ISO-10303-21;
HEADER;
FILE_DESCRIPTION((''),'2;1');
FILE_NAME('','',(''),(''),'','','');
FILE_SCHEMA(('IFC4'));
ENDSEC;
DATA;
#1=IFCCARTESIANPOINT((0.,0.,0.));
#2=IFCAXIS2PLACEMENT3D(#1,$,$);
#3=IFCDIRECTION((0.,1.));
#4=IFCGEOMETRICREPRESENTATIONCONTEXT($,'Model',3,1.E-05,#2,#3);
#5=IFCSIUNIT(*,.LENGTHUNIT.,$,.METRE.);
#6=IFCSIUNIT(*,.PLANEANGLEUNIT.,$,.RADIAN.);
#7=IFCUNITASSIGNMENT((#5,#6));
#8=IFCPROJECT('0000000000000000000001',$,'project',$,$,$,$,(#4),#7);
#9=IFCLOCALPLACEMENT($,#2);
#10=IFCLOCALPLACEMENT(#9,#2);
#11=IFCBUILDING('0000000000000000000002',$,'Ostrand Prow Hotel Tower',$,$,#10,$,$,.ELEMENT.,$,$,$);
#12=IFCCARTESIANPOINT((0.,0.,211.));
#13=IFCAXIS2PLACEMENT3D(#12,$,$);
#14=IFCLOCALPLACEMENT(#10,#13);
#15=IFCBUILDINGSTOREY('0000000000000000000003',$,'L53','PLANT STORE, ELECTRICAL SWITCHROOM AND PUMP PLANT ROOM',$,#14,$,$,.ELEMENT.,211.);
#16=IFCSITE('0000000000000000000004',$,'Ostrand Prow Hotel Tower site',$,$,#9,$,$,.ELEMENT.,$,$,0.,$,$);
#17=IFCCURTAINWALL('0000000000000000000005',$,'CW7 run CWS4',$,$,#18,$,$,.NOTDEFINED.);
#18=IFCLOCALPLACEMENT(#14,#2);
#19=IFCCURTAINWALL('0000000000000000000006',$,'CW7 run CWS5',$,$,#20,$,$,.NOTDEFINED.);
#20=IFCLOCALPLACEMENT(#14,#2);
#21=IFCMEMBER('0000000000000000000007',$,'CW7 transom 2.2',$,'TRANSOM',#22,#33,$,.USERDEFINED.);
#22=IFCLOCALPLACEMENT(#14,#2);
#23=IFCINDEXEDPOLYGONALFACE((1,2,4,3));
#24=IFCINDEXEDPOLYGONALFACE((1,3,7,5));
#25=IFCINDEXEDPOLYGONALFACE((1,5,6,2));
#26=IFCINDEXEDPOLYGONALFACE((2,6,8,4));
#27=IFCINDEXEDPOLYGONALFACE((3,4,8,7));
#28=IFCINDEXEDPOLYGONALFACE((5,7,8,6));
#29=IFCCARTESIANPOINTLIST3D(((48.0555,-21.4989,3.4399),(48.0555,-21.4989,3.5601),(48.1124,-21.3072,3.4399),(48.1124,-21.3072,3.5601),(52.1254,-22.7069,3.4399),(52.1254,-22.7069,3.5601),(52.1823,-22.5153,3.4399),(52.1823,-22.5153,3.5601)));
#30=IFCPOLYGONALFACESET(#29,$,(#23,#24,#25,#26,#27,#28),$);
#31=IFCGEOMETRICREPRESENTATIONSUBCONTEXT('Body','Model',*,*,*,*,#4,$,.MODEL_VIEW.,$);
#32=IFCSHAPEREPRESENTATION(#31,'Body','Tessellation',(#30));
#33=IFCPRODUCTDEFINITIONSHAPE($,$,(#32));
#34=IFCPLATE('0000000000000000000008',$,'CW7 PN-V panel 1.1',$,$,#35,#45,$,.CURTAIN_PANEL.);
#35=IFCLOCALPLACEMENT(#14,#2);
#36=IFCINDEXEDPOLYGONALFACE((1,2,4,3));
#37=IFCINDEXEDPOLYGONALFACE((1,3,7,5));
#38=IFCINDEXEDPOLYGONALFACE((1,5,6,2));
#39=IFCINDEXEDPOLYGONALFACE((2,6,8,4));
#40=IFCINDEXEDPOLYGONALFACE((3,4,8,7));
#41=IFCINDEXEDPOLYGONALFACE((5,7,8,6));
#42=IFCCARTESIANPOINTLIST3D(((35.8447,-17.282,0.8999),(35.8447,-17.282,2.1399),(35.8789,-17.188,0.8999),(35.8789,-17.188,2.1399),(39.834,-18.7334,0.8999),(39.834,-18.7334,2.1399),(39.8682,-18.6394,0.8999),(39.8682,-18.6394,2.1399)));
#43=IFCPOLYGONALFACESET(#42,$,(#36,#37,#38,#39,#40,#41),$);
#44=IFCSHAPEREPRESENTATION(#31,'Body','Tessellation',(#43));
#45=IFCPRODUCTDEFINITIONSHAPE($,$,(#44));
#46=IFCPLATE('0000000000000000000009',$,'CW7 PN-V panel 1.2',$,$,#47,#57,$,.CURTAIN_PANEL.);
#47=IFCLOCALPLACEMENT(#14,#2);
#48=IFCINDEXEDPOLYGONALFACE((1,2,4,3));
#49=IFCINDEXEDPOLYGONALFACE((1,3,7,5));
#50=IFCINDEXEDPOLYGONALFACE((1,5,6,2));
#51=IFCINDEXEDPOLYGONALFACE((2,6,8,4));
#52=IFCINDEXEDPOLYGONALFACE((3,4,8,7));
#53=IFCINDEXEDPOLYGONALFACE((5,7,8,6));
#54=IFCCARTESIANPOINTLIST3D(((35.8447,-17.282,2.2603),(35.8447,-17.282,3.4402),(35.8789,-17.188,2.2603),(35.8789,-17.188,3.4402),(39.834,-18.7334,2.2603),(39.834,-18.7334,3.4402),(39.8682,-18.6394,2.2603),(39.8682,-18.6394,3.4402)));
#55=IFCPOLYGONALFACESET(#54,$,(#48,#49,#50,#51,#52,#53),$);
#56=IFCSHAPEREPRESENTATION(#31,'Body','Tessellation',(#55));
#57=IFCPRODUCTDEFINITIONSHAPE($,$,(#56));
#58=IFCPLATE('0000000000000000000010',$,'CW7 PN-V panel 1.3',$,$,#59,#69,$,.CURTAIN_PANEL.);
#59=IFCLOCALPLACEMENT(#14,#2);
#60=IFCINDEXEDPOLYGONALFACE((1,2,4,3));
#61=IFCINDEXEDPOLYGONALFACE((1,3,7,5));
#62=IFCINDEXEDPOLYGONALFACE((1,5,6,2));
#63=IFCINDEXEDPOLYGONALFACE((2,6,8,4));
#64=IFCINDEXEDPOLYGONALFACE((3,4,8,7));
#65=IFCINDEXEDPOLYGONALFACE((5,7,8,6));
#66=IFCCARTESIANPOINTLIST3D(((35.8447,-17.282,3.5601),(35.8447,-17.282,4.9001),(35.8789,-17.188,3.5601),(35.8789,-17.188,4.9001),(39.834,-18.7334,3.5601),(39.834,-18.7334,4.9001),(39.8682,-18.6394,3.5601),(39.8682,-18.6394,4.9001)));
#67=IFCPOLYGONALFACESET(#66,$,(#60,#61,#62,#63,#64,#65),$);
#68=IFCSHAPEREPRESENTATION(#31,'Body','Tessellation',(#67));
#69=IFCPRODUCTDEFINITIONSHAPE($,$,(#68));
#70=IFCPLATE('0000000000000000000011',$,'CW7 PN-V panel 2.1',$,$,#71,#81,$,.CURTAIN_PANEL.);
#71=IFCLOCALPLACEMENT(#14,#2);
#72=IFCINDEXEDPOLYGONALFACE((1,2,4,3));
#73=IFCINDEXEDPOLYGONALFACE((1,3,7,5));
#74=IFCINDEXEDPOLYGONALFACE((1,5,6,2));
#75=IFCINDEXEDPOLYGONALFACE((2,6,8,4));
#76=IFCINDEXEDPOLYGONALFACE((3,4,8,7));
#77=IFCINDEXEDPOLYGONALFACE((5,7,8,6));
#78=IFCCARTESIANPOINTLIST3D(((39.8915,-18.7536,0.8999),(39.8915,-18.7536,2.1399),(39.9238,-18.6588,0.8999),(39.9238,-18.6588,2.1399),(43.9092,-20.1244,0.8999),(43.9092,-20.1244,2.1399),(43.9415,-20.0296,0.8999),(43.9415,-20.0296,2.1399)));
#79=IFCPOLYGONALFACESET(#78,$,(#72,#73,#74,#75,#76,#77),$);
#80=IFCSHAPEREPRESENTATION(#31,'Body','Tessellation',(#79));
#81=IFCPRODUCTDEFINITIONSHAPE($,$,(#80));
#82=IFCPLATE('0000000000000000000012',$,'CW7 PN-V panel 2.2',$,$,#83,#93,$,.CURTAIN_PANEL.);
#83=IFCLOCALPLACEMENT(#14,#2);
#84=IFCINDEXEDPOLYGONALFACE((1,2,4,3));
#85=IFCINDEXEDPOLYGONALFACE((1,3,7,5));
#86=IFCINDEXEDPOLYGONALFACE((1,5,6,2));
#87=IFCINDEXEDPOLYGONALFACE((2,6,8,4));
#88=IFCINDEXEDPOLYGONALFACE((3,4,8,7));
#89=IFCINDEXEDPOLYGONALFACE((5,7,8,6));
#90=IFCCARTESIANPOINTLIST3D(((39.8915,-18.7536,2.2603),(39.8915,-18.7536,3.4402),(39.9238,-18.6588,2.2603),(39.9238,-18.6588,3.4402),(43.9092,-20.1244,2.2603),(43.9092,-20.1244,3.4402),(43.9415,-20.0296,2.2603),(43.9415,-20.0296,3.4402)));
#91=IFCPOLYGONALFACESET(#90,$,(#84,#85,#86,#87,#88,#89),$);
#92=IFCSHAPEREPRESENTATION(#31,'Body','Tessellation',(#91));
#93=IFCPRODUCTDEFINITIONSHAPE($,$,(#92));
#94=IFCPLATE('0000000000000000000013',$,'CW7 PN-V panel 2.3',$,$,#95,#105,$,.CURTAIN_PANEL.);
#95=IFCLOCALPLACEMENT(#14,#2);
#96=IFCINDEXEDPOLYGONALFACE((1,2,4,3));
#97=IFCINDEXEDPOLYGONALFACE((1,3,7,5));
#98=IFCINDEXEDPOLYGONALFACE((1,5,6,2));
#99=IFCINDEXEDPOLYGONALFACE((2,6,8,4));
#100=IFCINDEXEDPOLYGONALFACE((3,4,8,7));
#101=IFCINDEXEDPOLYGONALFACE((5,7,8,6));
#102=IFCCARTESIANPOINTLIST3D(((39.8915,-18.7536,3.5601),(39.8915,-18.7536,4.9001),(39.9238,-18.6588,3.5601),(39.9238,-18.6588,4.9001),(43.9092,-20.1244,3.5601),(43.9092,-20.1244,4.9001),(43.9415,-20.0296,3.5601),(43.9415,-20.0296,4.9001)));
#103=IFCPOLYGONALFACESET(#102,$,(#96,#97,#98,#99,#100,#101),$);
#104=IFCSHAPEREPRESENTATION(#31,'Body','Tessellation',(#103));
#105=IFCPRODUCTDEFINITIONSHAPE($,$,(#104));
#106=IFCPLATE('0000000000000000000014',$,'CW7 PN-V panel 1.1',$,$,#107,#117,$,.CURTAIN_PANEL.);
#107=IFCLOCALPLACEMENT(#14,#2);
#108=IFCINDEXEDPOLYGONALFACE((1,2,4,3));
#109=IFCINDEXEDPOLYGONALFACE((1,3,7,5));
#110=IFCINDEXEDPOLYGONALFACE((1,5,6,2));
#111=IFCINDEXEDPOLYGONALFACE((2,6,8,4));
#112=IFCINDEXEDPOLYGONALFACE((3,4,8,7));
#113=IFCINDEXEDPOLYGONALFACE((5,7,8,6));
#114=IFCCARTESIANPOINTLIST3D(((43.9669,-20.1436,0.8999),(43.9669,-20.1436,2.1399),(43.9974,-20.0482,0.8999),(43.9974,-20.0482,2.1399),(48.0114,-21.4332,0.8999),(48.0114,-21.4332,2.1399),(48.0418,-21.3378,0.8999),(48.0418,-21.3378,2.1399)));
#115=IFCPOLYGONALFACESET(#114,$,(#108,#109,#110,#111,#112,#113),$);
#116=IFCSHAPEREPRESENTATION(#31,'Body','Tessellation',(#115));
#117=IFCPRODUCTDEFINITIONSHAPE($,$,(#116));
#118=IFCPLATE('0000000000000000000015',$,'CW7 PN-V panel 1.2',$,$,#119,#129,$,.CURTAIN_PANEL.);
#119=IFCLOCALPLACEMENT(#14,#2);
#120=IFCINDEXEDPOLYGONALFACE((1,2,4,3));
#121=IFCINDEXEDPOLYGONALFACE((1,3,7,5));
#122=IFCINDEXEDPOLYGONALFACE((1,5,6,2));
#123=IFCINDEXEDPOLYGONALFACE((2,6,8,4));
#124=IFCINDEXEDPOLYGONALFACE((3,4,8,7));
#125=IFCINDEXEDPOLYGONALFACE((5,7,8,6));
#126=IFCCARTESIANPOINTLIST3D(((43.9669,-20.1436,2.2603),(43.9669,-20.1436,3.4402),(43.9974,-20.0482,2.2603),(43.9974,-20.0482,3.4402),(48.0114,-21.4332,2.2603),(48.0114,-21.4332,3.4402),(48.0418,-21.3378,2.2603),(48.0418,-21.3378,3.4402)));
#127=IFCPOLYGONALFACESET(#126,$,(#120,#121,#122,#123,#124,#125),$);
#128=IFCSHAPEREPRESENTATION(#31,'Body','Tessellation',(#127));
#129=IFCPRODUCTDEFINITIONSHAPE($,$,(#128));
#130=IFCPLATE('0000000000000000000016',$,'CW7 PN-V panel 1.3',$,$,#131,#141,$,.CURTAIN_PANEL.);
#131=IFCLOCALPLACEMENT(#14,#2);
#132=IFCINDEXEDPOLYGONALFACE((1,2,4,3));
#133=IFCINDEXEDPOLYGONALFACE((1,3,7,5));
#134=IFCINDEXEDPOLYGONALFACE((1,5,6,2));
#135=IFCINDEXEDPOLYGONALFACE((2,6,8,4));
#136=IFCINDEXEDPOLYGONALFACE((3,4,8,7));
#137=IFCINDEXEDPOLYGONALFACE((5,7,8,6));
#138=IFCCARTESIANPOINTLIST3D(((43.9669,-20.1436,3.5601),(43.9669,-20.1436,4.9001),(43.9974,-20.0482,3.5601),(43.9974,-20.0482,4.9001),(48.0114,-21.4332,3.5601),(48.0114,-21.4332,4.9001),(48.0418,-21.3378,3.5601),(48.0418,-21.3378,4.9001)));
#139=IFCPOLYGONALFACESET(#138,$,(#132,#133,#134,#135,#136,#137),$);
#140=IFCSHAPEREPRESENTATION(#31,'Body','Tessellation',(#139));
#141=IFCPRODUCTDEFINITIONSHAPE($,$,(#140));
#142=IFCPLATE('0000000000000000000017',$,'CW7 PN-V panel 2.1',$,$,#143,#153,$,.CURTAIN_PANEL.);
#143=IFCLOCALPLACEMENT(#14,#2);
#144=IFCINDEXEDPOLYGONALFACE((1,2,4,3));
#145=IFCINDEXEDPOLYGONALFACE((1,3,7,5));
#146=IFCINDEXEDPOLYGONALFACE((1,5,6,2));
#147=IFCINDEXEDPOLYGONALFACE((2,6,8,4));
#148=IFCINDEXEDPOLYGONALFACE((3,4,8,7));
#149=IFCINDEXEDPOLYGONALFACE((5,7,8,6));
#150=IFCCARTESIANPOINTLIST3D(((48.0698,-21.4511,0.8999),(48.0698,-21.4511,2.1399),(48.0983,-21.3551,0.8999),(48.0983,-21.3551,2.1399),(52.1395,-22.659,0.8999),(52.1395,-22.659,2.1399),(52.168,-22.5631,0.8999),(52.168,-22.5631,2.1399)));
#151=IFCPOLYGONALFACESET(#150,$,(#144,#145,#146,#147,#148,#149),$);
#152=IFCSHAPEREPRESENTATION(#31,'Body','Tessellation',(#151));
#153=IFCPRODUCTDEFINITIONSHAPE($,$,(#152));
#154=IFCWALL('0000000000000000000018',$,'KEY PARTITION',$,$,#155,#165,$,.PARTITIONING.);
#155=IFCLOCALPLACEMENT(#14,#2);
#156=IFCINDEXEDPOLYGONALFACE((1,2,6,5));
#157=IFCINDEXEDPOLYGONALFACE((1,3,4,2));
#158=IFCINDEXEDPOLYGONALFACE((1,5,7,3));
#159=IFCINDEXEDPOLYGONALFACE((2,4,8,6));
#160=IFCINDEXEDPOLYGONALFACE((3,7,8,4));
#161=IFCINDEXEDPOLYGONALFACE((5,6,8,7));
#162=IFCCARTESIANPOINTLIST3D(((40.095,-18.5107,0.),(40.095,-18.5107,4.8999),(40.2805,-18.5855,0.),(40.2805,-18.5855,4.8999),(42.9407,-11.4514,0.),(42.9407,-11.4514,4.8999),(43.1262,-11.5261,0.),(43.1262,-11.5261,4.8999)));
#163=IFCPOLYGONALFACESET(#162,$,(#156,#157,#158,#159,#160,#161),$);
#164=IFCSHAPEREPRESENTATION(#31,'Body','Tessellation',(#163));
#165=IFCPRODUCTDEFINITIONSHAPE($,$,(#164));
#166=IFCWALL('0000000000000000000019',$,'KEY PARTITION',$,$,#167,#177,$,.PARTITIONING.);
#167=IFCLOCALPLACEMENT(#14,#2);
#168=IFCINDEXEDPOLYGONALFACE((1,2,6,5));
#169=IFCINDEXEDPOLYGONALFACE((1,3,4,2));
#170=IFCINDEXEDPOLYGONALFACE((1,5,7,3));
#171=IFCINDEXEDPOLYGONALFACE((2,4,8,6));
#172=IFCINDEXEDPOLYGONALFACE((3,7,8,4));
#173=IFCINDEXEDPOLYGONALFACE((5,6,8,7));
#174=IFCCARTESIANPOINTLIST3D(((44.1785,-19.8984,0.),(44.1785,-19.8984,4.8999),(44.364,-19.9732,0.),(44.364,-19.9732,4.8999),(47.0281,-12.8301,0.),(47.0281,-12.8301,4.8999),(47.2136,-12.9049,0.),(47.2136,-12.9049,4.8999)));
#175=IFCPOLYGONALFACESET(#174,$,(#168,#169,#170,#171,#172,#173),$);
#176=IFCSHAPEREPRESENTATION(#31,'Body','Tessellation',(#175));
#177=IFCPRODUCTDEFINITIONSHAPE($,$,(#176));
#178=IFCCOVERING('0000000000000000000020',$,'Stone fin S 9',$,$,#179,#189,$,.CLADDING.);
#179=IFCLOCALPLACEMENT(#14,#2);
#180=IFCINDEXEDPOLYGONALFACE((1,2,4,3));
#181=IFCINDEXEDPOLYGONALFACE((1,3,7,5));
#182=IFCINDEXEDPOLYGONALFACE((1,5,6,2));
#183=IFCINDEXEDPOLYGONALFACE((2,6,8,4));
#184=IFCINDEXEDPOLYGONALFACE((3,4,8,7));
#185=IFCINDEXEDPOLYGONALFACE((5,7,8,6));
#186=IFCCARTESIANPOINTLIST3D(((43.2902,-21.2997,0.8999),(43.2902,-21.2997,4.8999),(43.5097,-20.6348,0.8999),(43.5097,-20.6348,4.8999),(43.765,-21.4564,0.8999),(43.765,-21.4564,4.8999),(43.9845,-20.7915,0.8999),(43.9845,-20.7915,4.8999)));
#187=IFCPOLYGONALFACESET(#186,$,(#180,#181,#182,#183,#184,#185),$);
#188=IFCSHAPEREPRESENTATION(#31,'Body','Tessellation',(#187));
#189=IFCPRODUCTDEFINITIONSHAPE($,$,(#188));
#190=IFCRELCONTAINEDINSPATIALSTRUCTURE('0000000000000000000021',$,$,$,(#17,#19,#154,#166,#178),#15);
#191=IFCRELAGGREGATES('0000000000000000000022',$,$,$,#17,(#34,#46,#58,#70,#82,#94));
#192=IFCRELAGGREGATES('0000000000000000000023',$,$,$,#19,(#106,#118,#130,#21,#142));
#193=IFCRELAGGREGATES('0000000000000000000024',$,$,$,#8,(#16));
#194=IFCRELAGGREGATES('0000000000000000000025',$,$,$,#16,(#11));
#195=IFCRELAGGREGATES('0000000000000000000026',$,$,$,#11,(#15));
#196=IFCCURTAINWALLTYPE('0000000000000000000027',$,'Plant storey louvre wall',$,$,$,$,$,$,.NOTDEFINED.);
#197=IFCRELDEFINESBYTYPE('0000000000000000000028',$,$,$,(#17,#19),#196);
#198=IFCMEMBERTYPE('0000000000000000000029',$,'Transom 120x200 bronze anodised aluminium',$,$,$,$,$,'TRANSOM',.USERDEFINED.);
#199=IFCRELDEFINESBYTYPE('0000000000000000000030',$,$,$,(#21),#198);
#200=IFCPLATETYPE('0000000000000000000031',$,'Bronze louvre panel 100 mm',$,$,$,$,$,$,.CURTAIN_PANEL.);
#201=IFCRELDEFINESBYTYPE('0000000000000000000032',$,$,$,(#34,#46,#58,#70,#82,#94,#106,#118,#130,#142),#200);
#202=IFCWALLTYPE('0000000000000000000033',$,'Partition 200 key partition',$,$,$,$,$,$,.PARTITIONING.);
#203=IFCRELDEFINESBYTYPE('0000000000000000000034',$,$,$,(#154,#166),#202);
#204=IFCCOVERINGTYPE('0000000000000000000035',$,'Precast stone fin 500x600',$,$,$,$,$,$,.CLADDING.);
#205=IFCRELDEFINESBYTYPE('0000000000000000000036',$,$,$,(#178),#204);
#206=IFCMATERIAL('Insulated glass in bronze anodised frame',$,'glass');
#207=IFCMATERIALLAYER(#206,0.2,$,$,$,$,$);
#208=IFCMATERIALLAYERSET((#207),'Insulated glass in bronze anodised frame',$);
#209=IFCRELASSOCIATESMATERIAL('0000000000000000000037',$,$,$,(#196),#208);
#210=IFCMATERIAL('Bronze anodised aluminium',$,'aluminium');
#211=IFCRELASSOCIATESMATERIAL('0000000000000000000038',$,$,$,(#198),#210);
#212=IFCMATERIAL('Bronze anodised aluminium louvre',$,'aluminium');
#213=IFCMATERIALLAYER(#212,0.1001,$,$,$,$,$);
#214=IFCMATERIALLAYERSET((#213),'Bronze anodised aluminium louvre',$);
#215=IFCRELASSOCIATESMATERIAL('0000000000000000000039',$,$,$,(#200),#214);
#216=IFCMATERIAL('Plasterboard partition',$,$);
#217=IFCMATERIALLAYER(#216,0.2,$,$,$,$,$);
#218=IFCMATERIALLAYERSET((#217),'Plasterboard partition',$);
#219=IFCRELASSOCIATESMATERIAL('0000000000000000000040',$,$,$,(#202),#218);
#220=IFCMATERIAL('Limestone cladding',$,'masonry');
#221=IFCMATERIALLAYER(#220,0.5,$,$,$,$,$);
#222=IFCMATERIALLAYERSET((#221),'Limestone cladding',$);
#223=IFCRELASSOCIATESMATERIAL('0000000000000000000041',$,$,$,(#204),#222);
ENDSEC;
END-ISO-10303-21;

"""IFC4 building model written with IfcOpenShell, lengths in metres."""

from ifc_helpers import new_model, si_unit, direction, frame, frame_2d, origin, origin_2d, place, context, subcontext, project, spatial, rectangle, extrude, material, layer, layer_set, material_profile, profile_set, type_object, element, aggregate, save


model = new_model("IFC4")

# Units and contexts
model_context = context("Model", 3, precision=1e-05, world=origin(), true_north=direction((0.0, 1.0)))
body_context = subcontext(model_context, "Body", "Model", "MODEL_VIEW")
ifc_project = project(units=[si_unit("LENGTHUNIT", "METRE"), si_unit("PLANEANGLEUNIT", "RADIAN")], contexts=[model_context])

# Site, building, storey
site_placement = place(None, origin())
site = spatial("IfcSite", under=ifc_project, at=site_placement, Name="Ostrand Prow Hotel Tower site", CompositionType="ELEMENT", RefElevation=0.0)
building_placement = place(site_placement, origin())
building = spatial("IfcBuilding", under=site, at=building_placement, Name="Ostrand Prow Hotel Tower", CompositionType="ELEMENT")
storey_placement = place(building_placement, frame((0.0, 0.0, 211.0)))
storey = spatial("IfcBuildingStorey", under=building, at=storey_placement, Name="L53", Description="PLANT STORE, ELECTRICAL SWITCHROOM AND PUMP PLANT ROOM", CompositionType="ELEMENT", Elevation=211.0)

# Curtain wall
ifc_material_1 = material(Name="Insulated glass in bronze anodised frame", Category="glass")
ifc_layer_1 = layer(ifc_material_1, 0.2)
ifc_layer_set_1 = layer_set([ifc_layer_1], Name="Insulated glass in bronze anodised frame")
curtain_wall_type = type_object("IfcCurtainWallType", Name="Plant storey louvre wall", PredefinedType="NOTDEFINED", material=ifc_layer_set_1)
curtain_wall_1_placement = place(storey_placement, origin())
curtain_wall_1 = element("IfcCurtainWall", 1, at=curtain_wall_1_placement, inside=storey, type_object=curtain_wall_type, Name="CW7 run CWS4", PredefinedType="NOTDEFINED")

# Curtain wall
curtain_wall_2_placement = place(storey_placement, origin())
curtain_wall_2 = element("IfcCurtainWall", 2, at=curtain_wall_2_placement, inside=storey, type_object=curtain_wall_type, Name="CW7 run CWS5", PredefinedType="NOTDEFINED")

# Member
ifc_material_2 = material(Name="Bronze anodised aluminium", Category="aluminium")
ifc_material_profile_1 = material_profile(ifc_material_2, rectangle(XDim=0.2, YDim=0.1201, at=origin_2d()), Name="Transom 120x200 bronze anodised aluminium")
ifc_profile_set_1 = profile_set([ifc_material_profile_1], Name="Bronze anodised aluminium")
member_type_1 = type_object("IfcMemberType", Name="Transom 120x200 bronze anodised aluminium", ElementType="TRANSOM", PredefinedType="USERDEFINED", material=ifc_profile_set_1)
member_1_placement = place(storey_placement, frame((48.084, -21.4031, 3.5), z_axis=(0.958661, -0.28455, 0.0), x_axis=(0.28455, 0.958661, 0.0)))
member_1 = element("IfcMember", 3, at=member_1_placement, type_object=member_type_1, Name="CW7 transom 2.2", ObjectType="TRANSOM", PredefinedType="USERDEFINED", context=body_context, shape_type="SweptSolid", body=[
    extrude(rectangle(XDim=0.2, YDim=0.1201, at=origin_2d()), origin(), (0.0, 0.0, 1.0), 4.2454),
])

# Plates
ifc_material_3 = material(Name="Bronze anodised aluminium louvre", Category="aluminium")
ifc_layer_2 = layer(ifc_material_3, 0.1001)
ifc_layer_set_2 = layer_set([ifc_layer_2], Name="Bronze anodised aluminium louvre")
plate_type = type_object("IfcPlateType", Name="Bronze louvre panel 100 mm", PredefinedType="CURTAIN_PANEL", material=ifc_layer_set_2)
plate_1_placement = place(storey_placement, frame((37.8564, -17.9607, 0.8999), z_axis=(0.0, 0.0, 1.0), x_axis=(0.939737, -0.341897, 0.0)))
plate_1 = element("IfcPlate", 4, at=plate_1_placement, type_object=plate_type, Name="CW7 PN-V panel 1.1", PredefinedType="CURTAIN_PANEL", context=body_context, shape_type="SweptSolid", body=[
    extrude(rectangle(XDim=4.2451, YDim=0.1001, at=origin_2d()), origin(), (0.0, 0.0, 1.0), 1.24),
])
plate_2_placement = place(storey_placement, frame((37.8564, -17.9607, 2.2603), z_axis=(0.0, 0.0, 1.0), x_axis=(0.939737, -0.341897, 0.0)))
plate_2 = element("IfcPlate", 5, at=plate_2_placement, type_object=plate_type, Name="CW7 PN-V panel 1.2", PredefinedType="CURTAIN_PANEL", context=body_context, shape_type="SweptSolid", body=[
    extrude(rectangle(XDim=4.2451, YDim=0.1001, at=origin_2d()), origin(), (0.0, 0.0, 1.0), 1.1799),
])
plate_3_placement = place(storey_placement, frame((37.8564, -17.9607, 3.5601), z_axis=(0.0, 0.0, 1.0), x_axis=(0.939737, -0.341897, 0.0)))
plate_3 = element("IfcPlate", 6, at=plate_3_placement, type_object=plate_type, Name="CW7 PN-V panel 1.3", PredefinedType="CURTAIN_PANEL", context=body_context, shape_type="SweptSolid", body=[
    extrude(rectangle(XDim=4.2451, YDim=0.1001, at=origin_2d()), origin(), (0.0, 0.0, 1.0), 1.3401),
])
plate_4_placement = place(storey_placement, frame((41.9165, -19.3916, 0.8999), z_axis=(0.0, 0.0, 1.0), x_axis=(0.94643, -0.322908, 0.0)))
plate_4 = element("IfcPlate", 7, at=plate_4_placement, type_object=plate_type, Name="CW7 PN-V panel 2.1", PredefinedType="CURTAIN_PANEL", context=body_context, shape_type="SweptSolid", body=[
    extrude(rectangle(XDim=4.2451, YDim=0.1001, at=origin_2d()), origin(), (0.0, 0.0, 1.0), 1.24),
])
plate_5_placement = place(storey_placement, frame((41.9165, -19.3916, 2.2603), z_axis=(0.0, 0.0, 1.0), x_axis=(0.94643, -0.322908, 0.0)))
plate_5 = element("IfcPlate", 8, at=plate_5_placement, type_object=plate_type, Name="CW7 PN-V panel 2.2", PredefinedType="CURTAIN_PANEL", context=body_context, shape_type="SweptSolid", body=[
    extrude(rectangle(XDim=4.2451, YDim=0.1001, at=origin_2d()), origin(), (0.0, 0.0, 1.0), 1.1799),
])
plate_6_placement = place(storey_placement, frame((41.9165, -19.3916, 3.5601), z_axis=(0.0, 0.0, 1.0), x_axis=(0.94643, -0.322908, 0.0)))
plate_6 = element("IfcPlate", 9, at=plate_6_placement, type_object=plate_type, Name="CW7 PN-V panel 2.3", PredefinedType="CURTAIN_PANEL", context=body_context, shape_type="SweptSolid", body=[
    extrude(rectangle(XDim=4.2451, YDim=0.1001, at=origin_2d()), origin(), (0.0, 0.0, 1.0), 1.3401),
])
aggregate(curtain_wall_1, [plate_1, plate_2, plate_3, plate_4, plate_5, plate_6])
plate_7_placement = place(storey_placement, frame((46.0044, -20.7407, 0.8999), z_axis=(0.0, 0.0, 1.0), x_axis=(0.95274, -0.303787, 0.0)))
plate_7 = element("IfcPlate", 10, at=plate_7_placement, type_object=plate_type, Name="CW7 PN-V panel 1.1", PredefinedType="CURTAIN_PANEL", context=body_context, shape_type="SweptSolid", body=[
    extrude(rectangle(XDim=4.2451, YDim=0.1001, at=origin_2d()), origin(), (0.0, 0.0, 1.0), 1.24),
])
plate_8_placement = place(storey_placement, frame((46.0044, -20.7407, 2.2603), z_axis=(0.0, 0.0, 1.0), x_axis=(0.95274, -0.303787, 0.0)))
plate_8 = element("IfcPlate", 11, at=plate_8_placement, type_object=plate_type, Name="CW7 PN-V panel 1.2", PredefinedType="CURTAIN_PANEL", context=body_context, shape_type="SweptSolid", body=[
    extrude(rectangle(XDim=4.2451, YDim=0.1001, at=origin_2d()), origin(), (0.0, 0.0, 1.0), 1.1799),
])
plate_9_placement = place(storey_placement, frame((46.0044, -20.7407, 3.5601), z_axis=(0.0, 0.0, 1.0), x_axis=(0.95274, -0.303787, 0.0)))
plate_9 = element("IfcPlate", 12, at=plate_9_placement, type_object=plate_type, Name="CW7 PN-V panel 1.3", PredefinedType="CURTAIN_PANEL", context=body_context, shape_type="SweptSolid", body=[
    extrude(rectangle(XDim=4.2451, YDim=0.1001, at=origin_2d()), origin(), (0.0, 0.0, 1.0), 1.3401),
])
plate_10_placement = place(storey_placement, frame((50.1189, -22.0071, 0.8999), z_axis=(0.0, 0.0, 1.0), x_axis=(0.958663, -0.284544, 0.0)))
plate_10 = element("IfcPlate", 13, at=plate_10_placement, type_object=plate_type, Name="CW7 PN-V panel 2.1", PredefinedType="CURTAIN_PANEL", context=body_context, shape_type="SweptSolid", body=[
    extrude(rectangle(XDim=4.2451, YDim=0.1001, at=origin_2d()), origin(), (0.0, 0.0, 1.0), 1.24),
])
aggregate(curtain_wall_2, [plate_7, plate_8, plate_9, member_1, plate_10])

# Walls
ifc_material_4 = material(Name="Plasterboard partition")
ifc_layer_3 = layer(ifc_material_4, 0.2)
ifc_layer_set_3 = layer_set([ifc_layer_3], Name="Plasterboard partition")
wall_type = type_object("IfcWallType", Name="Partition 200 key partition", PredefinedType="PARTITIONING", material=ifc_layer_set_3)
wall_1_placement = place(storey_placement, frame((40.1877, -18.5481, 0.0), z_axis=(0.0, 0.0, 1.0), x_axis=(0.373878, 0.927478, 0.0)))
element("IfcWall", 14, at=wall_1_placement, inside=storey, type_object=wall_type, Name="KEY PARTITION", PredefinedType="PARTITIONING", context=body_context, shape_type="SweptSolid", body=[
    extrude(rectangle(XDim=7.6113, YDim=0.2, at=frame_2d((3.8057, 0.0))), origin(), (0.0, 0.0, 1.0), 4.8999),
])
wall_2_placement = place(storey_placement, frame((44.2712, -19.9358, 0.0), z_axis=(0.0, 0.0, 1.0), x_axis=(0.373908, 0.927466, 0.0)))
element("IfcWall", 15, at=wall_2_placement, inside=storey, type_object=wall_type, Name="KEY PARTITION", PredefinedType="PARTITIONING", context=body_context, shape_type="SweptSolid", body=[
    extrude(rectangle(XDim=7.6211, YDim=0.2, at=frame_2d((3.8105, 0.0))), origin(), (0.0, 0.0, 1.0), 4.8999),
])

# Covering
ifc_material_5 = material(Name="Limestone cladding", Category="masonry")
ifc_layer_4 = layer(ifc_material_5, 0.5)
ifc_layer_set_4 = layer_set([ifc_layer_4], Name="Limestone cladding")
covering_type = type_object("IfcCoveringType", Name="Precast stone fin 500x600", PredefinedType="CLADDING", material=ifc_layer_set_4)
covering_placement = place(storey_placement, frame((43.7471, -20.7131, 0.8999), z_axis=(0.0, 0.0, 1.0), x_axis=(-0.313506, -0.949586, 0.0)))
element("IfcCovering", 16, at=covering_placement, inside=storey, type_object=covering_type, Name="Stone fin S 9", PredefinedType="CLADDING", context=body_context, shape_type="SweptSolid", body=[
    extrude(rectangle(XDim=0.7002, YDim=0.5, at=frame_2d((0.3501, 0.0))), origin(), (0.0, 0.0, 1.0), 4.0),
])

save(model, "model.ifc")
